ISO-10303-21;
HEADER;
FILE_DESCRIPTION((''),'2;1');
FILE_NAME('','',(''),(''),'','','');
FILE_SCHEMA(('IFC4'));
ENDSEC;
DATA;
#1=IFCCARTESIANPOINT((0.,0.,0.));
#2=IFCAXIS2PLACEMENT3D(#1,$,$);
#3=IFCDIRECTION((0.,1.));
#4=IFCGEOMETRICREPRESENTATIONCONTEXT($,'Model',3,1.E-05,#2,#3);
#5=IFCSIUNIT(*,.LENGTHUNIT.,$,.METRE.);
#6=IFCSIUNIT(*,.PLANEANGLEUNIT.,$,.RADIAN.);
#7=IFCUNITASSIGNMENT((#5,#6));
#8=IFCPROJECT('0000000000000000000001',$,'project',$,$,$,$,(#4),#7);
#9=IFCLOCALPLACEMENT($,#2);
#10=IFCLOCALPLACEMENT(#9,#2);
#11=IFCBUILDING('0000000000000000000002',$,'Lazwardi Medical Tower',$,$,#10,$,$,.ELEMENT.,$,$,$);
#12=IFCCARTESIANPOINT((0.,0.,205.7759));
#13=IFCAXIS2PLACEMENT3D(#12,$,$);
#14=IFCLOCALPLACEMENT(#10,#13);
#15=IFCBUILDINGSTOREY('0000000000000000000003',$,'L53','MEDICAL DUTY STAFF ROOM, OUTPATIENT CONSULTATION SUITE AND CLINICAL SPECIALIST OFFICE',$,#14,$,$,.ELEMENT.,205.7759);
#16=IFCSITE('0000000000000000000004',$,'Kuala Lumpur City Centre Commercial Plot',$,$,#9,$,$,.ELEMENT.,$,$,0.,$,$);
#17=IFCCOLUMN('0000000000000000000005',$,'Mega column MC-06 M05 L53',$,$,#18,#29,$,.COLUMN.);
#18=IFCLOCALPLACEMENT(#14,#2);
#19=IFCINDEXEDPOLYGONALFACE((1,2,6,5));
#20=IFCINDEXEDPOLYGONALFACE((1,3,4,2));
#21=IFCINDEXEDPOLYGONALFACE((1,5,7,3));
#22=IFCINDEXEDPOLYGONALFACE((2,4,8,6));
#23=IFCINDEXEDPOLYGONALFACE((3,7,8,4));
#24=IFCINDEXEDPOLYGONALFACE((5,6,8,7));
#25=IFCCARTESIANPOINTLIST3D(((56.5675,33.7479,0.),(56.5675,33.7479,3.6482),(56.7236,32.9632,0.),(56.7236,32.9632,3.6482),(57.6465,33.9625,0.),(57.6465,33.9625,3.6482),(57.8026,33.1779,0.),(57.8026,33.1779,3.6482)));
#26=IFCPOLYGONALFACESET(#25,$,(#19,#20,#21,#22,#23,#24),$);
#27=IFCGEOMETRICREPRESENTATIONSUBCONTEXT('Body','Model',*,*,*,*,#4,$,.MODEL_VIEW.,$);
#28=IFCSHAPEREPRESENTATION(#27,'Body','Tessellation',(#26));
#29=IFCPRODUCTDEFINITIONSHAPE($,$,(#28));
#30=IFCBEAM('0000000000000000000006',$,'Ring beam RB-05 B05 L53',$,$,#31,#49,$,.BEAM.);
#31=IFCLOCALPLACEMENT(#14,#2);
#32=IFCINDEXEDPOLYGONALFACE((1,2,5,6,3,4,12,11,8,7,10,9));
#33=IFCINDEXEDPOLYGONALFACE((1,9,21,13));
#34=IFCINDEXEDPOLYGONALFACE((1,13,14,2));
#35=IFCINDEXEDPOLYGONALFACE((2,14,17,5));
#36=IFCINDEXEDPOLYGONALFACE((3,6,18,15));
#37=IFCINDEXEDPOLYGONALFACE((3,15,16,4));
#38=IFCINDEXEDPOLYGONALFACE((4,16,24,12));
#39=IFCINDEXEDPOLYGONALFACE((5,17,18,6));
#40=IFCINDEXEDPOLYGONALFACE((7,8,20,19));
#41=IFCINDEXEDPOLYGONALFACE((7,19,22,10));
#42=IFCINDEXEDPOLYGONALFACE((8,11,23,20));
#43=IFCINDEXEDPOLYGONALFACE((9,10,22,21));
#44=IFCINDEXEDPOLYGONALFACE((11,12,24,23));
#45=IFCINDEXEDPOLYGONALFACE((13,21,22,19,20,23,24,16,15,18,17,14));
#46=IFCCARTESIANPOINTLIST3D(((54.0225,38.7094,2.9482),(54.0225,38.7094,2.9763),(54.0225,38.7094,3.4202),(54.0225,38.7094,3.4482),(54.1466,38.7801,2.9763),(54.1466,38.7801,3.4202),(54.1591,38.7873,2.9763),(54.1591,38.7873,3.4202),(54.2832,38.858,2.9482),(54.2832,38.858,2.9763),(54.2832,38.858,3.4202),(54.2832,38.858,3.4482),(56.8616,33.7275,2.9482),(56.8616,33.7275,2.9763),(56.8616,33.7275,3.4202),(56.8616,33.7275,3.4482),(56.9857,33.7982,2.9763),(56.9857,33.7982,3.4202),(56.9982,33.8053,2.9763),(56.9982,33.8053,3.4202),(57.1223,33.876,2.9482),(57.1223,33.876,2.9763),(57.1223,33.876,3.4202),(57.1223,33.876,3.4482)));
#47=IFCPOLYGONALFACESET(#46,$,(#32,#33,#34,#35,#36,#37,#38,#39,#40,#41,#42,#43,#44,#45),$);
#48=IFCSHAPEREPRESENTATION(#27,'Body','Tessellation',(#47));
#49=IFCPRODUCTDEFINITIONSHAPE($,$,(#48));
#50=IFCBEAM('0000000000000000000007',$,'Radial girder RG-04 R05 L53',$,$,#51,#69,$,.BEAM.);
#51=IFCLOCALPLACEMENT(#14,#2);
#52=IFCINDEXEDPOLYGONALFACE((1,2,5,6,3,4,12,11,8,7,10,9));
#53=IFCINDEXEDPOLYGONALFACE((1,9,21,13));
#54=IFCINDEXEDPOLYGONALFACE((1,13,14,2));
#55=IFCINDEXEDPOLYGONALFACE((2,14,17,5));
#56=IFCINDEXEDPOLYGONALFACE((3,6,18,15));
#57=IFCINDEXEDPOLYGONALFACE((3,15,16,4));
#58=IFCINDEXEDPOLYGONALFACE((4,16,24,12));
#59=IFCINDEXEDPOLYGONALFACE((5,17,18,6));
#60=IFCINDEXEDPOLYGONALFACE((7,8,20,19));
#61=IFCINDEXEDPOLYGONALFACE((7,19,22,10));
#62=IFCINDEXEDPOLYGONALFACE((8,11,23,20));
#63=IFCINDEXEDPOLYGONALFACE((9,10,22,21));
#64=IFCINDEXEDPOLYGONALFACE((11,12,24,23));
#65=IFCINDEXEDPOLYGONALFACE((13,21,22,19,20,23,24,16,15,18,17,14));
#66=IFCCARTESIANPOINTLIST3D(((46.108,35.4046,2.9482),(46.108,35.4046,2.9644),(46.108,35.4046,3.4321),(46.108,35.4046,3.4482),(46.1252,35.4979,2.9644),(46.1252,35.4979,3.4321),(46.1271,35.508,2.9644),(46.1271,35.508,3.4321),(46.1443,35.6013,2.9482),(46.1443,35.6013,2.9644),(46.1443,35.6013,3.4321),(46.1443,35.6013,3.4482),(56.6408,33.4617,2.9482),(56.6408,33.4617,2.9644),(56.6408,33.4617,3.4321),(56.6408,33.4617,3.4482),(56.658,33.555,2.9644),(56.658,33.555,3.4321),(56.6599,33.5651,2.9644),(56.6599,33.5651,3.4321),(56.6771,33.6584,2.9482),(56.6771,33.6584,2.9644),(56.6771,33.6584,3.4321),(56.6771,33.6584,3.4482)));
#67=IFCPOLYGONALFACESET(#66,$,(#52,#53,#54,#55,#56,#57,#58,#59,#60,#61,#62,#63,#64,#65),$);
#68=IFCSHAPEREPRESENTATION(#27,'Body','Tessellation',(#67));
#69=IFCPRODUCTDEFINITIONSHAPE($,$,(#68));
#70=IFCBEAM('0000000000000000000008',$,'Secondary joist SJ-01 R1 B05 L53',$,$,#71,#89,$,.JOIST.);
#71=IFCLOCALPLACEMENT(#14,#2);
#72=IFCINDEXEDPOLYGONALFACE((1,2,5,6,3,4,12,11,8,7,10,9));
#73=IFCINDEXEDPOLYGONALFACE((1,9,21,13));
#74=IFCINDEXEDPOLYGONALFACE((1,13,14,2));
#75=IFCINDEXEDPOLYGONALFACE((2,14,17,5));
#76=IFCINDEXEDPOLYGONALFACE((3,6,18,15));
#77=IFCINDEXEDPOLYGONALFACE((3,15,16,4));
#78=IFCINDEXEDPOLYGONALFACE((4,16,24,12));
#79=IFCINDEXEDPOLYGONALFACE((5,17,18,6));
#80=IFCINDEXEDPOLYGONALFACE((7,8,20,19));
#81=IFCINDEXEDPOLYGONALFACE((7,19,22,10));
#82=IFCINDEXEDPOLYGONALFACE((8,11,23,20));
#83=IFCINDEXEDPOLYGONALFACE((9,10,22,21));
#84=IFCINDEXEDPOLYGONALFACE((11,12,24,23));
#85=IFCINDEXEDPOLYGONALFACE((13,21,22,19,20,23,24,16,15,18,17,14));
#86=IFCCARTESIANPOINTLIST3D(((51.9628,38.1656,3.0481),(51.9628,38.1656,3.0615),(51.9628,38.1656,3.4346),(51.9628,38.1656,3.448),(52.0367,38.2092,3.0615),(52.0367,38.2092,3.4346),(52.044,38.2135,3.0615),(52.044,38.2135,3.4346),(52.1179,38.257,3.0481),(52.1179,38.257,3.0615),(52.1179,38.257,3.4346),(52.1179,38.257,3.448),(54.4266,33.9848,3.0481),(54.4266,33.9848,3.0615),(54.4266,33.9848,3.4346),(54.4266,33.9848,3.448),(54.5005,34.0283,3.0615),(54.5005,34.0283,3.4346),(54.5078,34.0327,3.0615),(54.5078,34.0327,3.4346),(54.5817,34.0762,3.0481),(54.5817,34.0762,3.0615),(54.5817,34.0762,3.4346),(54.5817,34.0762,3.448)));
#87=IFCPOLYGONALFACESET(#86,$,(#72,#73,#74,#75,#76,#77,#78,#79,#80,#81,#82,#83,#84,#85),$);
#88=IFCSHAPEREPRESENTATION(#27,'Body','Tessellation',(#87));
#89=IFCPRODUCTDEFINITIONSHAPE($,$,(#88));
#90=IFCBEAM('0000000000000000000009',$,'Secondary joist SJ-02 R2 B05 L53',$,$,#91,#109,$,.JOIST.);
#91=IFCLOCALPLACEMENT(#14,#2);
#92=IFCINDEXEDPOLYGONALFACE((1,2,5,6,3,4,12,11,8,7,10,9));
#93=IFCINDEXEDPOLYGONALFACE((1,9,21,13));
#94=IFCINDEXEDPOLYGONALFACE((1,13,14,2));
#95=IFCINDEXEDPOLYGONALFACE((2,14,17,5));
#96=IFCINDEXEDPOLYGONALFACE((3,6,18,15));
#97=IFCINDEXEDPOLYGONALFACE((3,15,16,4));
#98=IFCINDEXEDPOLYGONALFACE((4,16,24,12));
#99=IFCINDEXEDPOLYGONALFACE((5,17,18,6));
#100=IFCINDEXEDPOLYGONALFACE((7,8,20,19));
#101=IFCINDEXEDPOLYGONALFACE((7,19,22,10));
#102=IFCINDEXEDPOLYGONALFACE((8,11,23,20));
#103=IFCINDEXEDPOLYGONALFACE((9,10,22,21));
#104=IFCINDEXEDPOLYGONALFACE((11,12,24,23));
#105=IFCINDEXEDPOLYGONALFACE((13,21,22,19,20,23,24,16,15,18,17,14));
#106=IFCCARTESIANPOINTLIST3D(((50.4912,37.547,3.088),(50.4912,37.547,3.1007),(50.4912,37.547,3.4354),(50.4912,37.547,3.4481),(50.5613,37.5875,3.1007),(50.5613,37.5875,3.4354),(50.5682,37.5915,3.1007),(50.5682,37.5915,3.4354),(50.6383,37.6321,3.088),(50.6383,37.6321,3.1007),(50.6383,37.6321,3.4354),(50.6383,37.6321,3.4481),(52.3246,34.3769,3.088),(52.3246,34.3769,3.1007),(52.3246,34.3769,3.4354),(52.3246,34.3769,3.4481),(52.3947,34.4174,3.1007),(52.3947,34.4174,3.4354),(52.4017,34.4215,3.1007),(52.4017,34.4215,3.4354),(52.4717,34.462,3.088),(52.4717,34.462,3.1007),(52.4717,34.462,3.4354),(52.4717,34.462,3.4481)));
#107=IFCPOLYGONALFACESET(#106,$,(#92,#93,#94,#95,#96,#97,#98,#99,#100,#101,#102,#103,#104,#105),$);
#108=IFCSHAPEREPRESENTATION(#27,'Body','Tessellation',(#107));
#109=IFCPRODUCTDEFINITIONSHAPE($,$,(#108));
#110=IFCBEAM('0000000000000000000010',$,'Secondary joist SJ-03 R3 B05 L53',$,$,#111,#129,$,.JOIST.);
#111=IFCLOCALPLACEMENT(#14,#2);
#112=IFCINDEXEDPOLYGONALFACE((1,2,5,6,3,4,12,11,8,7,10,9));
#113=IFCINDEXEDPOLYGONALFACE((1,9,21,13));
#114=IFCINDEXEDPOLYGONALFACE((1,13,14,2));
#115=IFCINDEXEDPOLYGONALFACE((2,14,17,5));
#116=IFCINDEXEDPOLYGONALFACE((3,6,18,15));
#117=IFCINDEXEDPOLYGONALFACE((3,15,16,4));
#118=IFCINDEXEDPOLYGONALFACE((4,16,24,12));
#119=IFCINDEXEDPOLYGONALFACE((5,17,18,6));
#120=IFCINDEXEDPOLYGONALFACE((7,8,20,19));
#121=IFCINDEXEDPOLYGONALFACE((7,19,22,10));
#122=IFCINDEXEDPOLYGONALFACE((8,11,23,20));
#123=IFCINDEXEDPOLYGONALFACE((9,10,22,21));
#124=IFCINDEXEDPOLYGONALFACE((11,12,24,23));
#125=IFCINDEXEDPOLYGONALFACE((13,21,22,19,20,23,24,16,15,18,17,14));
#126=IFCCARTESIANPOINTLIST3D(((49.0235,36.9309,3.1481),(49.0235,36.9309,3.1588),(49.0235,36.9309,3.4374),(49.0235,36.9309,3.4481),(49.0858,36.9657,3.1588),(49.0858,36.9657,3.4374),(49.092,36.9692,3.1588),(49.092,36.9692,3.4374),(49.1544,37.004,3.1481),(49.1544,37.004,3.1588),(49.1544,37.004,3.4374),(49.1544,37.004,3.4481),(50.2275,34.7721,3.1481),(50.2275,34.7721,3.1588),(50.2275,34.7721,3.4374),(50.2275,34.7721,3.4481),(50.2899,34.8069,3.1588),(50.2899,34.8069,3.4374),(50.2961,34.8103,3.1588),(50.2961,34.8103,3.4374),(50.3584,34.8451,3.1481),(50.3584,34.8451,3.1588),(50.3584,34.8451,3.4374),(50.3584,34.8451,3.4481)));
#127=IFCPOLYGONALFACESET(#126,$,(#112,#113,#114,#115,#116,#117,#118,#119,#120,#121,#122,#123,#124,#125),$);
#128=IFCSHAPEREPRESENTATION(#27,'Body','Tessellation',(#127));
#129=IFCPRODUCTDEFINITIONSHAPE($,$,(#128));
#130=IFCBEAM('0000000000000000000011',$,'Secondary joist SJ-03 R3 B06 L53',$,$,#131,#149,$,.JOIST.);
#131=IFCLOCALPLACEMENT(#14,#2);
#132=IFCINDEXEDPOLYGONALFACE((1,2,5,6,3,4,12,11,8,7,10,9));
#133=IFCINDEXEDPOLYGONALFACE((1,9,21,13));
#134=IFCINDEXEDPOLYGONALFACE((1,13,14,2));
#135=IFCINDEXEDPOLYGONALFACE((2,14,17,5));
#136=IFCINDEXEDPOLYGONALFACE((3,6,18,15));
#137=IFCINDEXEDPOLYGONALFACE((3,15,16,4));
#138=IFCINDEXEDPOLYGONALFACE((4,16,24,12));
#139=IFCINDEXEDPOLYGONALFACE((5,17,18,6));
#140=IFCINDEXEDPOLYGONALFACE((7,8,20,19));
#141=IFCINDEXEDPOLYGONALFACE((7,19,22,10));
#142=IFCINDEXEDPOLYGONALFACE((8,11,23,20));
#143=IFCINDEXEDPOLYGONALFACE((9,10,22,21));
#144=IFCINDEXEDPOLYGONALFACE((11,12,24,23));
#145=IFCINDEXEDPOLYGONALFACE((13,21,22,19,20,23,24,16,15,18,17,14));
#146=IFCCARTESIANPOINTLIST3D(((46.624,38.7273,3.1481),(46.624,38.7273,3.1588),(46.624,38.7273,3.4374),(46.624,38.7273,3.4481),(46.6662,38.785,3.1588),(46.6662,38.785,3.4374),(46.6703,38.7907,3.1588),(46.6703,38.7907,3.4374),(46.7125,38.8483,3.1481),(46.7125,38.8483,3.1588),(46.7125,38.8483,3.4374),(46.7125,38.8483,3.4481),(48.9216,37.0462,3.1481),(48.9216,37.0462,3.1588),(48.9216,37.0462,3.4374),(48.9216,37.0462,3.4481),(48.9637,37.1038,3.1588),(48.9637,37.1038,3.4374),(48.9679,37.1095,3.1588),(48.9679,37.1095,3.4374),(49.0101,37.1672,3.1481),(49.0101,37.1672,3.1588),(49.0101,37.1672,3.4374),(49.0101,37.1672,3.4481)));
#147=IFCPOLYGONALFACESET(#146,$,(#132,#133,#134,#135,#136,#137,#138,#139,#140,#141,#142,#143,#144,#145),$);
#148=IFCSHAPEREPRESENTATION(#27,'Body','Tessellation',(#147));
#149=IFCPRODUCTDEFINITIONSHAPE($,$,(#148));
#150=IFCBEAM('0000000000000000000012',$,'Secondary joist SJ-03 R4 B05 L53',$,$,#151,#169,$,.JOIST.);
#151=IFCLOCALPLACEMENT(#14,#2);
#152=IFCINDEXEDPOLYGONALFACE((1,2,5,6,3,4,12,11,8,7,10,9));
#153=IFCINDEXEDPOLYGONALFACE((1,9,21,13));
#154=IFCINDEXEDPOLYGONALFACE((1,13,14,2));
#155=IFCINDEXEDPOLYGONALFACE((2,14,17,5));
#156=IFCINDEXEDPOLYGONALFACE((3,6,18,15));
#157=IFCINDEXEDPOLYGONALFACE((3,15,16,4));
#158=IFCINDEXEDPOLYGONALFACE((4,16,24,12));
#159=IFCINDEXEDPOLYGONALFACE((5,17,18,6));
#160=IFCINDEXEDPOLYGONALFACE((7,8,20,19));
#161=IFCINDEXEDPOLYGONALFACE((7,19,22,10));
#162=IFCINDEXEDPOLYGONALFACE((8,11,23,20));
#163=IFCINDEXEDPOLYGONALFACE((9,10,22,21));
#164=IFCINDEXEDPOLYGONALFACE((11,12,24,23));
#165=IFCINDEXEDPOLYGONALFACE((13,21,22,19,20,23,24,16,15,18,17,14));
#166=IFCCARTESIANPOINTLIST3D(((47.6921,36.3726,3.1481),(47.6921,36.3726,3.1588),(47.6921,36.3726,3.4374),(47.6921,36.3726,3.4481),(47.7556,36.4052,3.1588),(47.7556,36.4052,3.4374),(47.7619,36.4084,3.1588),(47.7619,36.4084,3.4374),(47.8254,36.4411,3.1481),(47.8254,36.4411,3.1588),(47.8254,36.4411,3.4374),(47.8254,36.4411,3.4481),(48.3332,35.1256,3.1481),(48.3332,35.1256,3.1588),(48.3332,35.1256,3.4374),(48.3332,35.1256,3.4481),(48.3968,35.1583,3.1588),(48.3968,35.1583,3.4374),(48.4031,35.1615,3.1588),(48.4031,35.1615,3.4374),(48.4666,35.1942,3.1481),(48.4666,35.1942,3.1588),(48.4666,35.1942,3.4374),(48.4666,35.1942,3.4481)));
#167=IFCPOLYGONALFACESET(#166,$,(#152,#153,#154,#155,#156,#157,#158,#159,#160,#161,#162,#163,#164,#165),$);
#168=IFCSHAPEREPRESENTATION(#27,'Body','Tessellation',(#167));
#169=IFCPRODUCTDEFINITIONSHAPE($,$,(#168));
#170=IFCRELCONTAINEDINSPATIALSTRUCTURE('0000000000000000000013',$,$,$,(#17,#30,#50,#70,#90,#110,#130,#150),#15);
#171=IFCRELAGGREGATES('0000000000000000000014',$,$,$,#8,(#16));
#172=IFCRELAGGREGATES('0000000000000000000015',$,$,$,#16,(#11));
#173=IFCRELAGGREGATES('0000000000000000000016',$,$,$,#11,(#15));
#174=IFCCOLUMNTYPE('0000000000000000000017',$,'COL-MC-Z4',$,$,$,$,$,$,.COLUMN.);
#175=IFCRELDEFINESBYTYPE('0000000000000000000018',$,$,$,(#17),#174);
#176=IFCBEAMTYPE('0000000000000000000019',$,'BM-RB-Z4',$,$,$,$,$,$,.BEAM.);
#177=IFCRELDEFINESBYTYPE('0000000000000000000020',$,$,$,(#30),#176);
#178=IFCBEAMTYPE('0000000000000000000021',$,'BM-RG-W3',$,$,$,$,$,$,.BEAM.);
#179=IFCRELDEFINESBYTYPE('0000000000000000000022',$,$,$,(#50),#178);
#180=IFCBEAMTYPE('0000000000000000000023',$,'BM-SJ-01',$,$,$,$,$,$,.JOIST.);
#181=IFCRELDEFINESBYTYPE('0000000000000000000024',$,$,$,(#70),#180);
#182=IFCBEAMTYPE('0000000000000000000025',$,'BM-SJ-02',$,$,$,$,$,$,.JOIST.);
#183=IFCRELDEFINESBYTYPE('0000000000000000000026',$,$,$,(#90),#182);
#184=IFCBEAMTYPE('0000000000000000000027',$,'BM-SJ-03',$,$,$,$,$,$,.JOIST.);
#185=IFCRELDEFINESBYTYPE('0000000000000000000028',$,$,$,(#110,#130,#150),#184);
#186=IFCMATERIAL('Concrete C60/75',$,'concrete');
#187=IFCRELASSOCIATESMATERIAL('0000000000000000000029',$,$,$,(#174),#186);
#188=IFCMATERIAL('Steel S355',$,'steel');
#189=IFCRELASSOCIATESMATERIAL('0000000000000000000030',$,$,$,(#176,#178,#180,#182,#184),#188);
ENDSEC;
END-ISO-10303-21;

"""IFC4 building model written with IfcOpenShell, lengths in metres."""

from ifc_helpers import new_model, si_unit, direction, frame, origin, origin_2d, place, context, subcontext, project, spatial, rectangle, i_section, extrude, material, material_profile, profile_set, type_object, element, save


model = new_model("IFC4")

# Units and contexts
model_context = context("Model", 3, precision=1e-05, world=origin(), true_north=direction((0.0, 1.0)))
body_context = subcontext(model_context, "Body", "Model", "MODEL_VIEW")
ifc_project = project(units=[si_unit("LENGTHUNIT", "METRE"), si_unit("PLANEANGLEUNIT", "RADIAN")], contexts=[model_context])

# Site, building, storey
site_placement = place(None, origin())
site = spatial("IfcSite", under=ifc_project, at=site_placement, Name="Kuala Lumpur City Centre Commercial Plot", CompositionType="ELEMENT", RefElevation=0.0)
building_placement = place(site_placement, origin())
building = spatial("IfcBuilding", under=site, at=building_placement, Name="Lazwardi Medical Tower", CompositionType="ELEMENT")
storey_placement = place(building_placement, frame((0.0, 0.0, 205.7759)))
storey = spatial("IfcBuildingStorey", under=building, at=storey_placement, Name="L53", Description="MEDICAL DUTY STAFF ROOM, OUTPATIENT CONSULTATION SUITE AND CLINICAL SPECIALIST OFFICE", CompositionType="ELEMENT", Elevation=205.7759)

# Column
ifc_material_1 = material(Name="Concrete C60/75", Category="concrete")
ifc_material_profile_1 = material_profile(ifc_material_1, rectangle(XDim=1.1001, YDim=0.8, at=origin_2d()), Name="CFT-RECT 1100x800")
ifc_profile_set_1 = profile_set([ifc_material_profile_1], Name="Concrete C60/75")
column_type = type_object("IfcColumnType", Name="COL-MC-Z4", PredefinedType="COLUMN", material=ifc_profile_set_1)
column_placement = place(storey_placement, frame((57.1851, 33.4629, 0.0), z_axis=(0.0, 0.0, 1.0), x_axis=(0.980785, 0.19509, 0.0)))
element("IfcColumn", 1, at=column_placement, inside=storey, type_object=column_type, Name="Mega column MC-06 M05 L53", PredefinedType="COLUMN", context=body_context, shape_type="SweptSolid", body=[
    extrude(rectangle(XDim=1.1001, YDim=0.8, at=origin_2d()), origin(), (0.0, 0.0, 1.0), 3.6482),
])

# Beams
ifc_material_2 = material(Name="Steel S355", Category="steel")
ifc_material_profile_2 = material_profile(ifc_material_2, i_section(OverallWidth=0.3, OverallDepth=0.5, WebThickness=0.0144, FlangeThickness=0.0281, at=origin_2d()), Name="HEB 500")
ifc_profile_set_2 = profile_set([ifc_material_profile_2], Name="Steel S355")
beam_type_1 = type_object("IfcBeamType", Name="BM-RB-Z4", PredefinedType="BEAM", material=ifc_profile_set_2)
beam_1_placement = place(storey_placement, frame((56.9919, 33.8018, 3.1982), z_axis=(-0.495125, 0.868822, 0.0), x_axis=(-0.868822, -0.495125, 0.0)))
element("IfcBeam", 2, at=beam_1_placement, inside=storey, type_object=beam_type_1, Name="Ring beam RB-05 B05 L53", PredefinedType="BEAM", context=body_context, shape_type="SweptSolid", body=[
    extrude(i_section(OverallWidth=0.3, OverallDepth=0.5, WebThickness=0.0144, FlangeThickness=0.0281, at=origin_2d()), origin(), (0.0, 0.0, 1.0), 5.7341),
])
ifc_material_profile_3 = material_profile(ifc_material_2, i_section(OverallWidth=0.2, OverallDepth=0.5, WebThickness=0.0103, FlangeThickness=0.0161, at=origin_2d()), Name="IPE 500")
ifc_profile_set_3 = profile_set([ifc_material_profile_3], Name="Steel S355")
beam_type_2 = type_object("IfcBeamType", Name="BM-RG-W3", PredefinedType="BEAM", material=ifc_profile_set_3)
beam_2_placement = place(storey_placement, frame((56.6589, 33.5601, 3.1982), z_axis=(-0.983409, 0.1814, 0.0), x_axis=(-0.1814, -0.983409, 0.0)))
element("IfcBeam", 3, at=beam_2_placement, inside=storey, type_object=beam_type_2, Name="Radial girder RG-04 R05 L53", PredefinedType="BEAM", context=body_context, shape_type="SweptSolid", body=[
    extrude(i_section(OverallWidth=0.2, OverallDepth=0.5, WebThickness=0.0103, FlangeThickness=0.0161, at=origin_2d()), origin(), (0.0, 0.0, 1.0), 10.7104),
])
ifc_material_profile_4 = material_profile(ifc_material_2, i_section(OverallWidth=0.1799, OverallDepth=0.3999, WebThickness=0.0085, FlangeThickness=0.0134, at=origin_2d()), Name="IPE 400")
ifc_profile_set_4 = profile_set([ifc_material_profile_4], Name="Steel S355")
beam_type_3 = type_object("IfcBeamType", Name="BM-SJ-01", PredefinedType="JOIST", material=ifc_profile_set_4)
beam_3_placement = place(storey_placement, frame((54.5042, 34.0305, 3.248), z_axis=(-0.50771, 0.861528, 0.0), x_axis=(-0.861528, -0.50771, 0.0)))
element("IfcBeam", 4, at=beam_3_placement, inside=storey, type_object=beam_type_3, Name="Secondary joist SJ-01 R1 B05 L53", PredefinedType="JOIST", context=body_context, shape_type="SweptSolid", body=[
    extrude(i_section(OverallWidth=0.1799, OverallDepth=0.3999, WebThickness=0.0085, FlangeThickness=0.0134, at=origin_2d()), origin(), (0.0, 0.0, 1.0), 4.8528),
])
ifc_material_profile_5 = material_profile(ifc_material_2, i_section(OverallWidth=0.1699, OverallDepth=0.3601, WebThickness=0.0081, FlangeThickness=0.0127, at=origin_2d()), Name="IPE 360")
ifc_profile_set_5 = profile_set([ifc_material_profile_5], Name="Steel S355")
beam_type_4 = type_object("IfcBeamType", Name="BM-SJ-02", PredefinedType="JOIST", material=ifc_profile_set_5)
beam_4_placement = place(storey_placement, frame((52.3982, 34.4194, 3.2681), z_axis=(-0.500655, 0.865647, 0.0), x_axis=(-0.865647, -0.500655, 0.0)))
element("IfcBeam", 5, at=beam_4_placement, inside=storey, type_object=beam_type_4, Name="Secondary joist SJ-02 R2 B05 L53", PredefinedType="JOIST", context=body_context, shape_type="SweptSolid", body=[
    extrude(i_section(OverallWidth=0.1699, OverallDepth=0.3601, WebThickness=0.0081, FlangeThickness=0.0127, at=origin_2d()), origin(), (0.0, 0.0, 1.0), 3.6621),
])
ifc_material_profile_6 = material_profile(ifc_material_2, i_section(OverallWidth=0.1499, OverallDepth=0.3, WebThickness=0.0071, FlangeThickness=0.0107, at=origin_2d()), Name="IPE 300")
ifc_profile_set_6 = profile_set([ifc_material_profile_6], Name="Steel S355")
beam_type_5 = type_object("IfcBeamType", Name="BM-SJ-03", PredefinedType="JOIST", material=ifc_profile_set_6)
beam_5_placement = place(storey_placement, frame((50.293, 34.8086, 3.2981), z_axis=(-0.487093, 0.87335, 0.0), x_axis=(-0.87335, -0.487093, 0.0)))
element("IfcBeam", 6, at=beam_5_placement, inside=storey, type_object=beam_type_5, Name="Secondary joist SJ-03 R3 B05 L53", PredefinedType="JOIST", context=body_context, shape_type="SweptSolid", body=[
    extrude(i_section(OverallWidth=0.1499, OverallDepth=0.3, WebThickness=0.0071, FlangeThickness=0.0107, at=origin_2d()), origin(), (0.0, 0.0, 1.0), 2.4719),
])
beam_6_placement = place(storey_placement, frame((48.9658, 37.1067, 3.2981), z_axis=(-0.807034, 0.590505, 0.0), x_axis=(-0.590505, -0.807034, 0.0)))
element("IfcBeam", 7, at=beam_6_placement, inside=storey, type_object=beam_type_5, Name="Secondary joist SJ-03 R3 B06 L53", PredefinedType="JOIST", context=body_context, shape_type="SweptSolid", body=[
    extrude(i_section(OverallWidth=0.1499, OverallDepth=0.3, WebThickness=0.0071, FlangeThickness=0.0107, at=origin_2d()), origin(), (0.0, 0.0, 1.0), 2.8469),
])
beam_7_placement = place(storey_placement, frame((48.3999, 35.1599, 3.2981), z_axis=(-0.457285, 0.88932, 0.0), x_axis=(-0.88932, -0.457285, 0.0)))
element("IfcBeam", 8, at=beam_7_placement, inside=storey, type_object=beam_type_5, Name="Secondary joist SJ-03 R4 B05 L53", PredefinedType="JOIST", context=body_context, shape_type="SweptSolid", body=[
    extrude(i_section(OverallWidth=0.1499, OverallDepth=0.3, WebThickness=0.0071, FlangeThickness=0.0107, at=origin_2d()), origin(), (0.0, 0.0, 1.0), 1.4021),
])

save(model, "model.ifc")
